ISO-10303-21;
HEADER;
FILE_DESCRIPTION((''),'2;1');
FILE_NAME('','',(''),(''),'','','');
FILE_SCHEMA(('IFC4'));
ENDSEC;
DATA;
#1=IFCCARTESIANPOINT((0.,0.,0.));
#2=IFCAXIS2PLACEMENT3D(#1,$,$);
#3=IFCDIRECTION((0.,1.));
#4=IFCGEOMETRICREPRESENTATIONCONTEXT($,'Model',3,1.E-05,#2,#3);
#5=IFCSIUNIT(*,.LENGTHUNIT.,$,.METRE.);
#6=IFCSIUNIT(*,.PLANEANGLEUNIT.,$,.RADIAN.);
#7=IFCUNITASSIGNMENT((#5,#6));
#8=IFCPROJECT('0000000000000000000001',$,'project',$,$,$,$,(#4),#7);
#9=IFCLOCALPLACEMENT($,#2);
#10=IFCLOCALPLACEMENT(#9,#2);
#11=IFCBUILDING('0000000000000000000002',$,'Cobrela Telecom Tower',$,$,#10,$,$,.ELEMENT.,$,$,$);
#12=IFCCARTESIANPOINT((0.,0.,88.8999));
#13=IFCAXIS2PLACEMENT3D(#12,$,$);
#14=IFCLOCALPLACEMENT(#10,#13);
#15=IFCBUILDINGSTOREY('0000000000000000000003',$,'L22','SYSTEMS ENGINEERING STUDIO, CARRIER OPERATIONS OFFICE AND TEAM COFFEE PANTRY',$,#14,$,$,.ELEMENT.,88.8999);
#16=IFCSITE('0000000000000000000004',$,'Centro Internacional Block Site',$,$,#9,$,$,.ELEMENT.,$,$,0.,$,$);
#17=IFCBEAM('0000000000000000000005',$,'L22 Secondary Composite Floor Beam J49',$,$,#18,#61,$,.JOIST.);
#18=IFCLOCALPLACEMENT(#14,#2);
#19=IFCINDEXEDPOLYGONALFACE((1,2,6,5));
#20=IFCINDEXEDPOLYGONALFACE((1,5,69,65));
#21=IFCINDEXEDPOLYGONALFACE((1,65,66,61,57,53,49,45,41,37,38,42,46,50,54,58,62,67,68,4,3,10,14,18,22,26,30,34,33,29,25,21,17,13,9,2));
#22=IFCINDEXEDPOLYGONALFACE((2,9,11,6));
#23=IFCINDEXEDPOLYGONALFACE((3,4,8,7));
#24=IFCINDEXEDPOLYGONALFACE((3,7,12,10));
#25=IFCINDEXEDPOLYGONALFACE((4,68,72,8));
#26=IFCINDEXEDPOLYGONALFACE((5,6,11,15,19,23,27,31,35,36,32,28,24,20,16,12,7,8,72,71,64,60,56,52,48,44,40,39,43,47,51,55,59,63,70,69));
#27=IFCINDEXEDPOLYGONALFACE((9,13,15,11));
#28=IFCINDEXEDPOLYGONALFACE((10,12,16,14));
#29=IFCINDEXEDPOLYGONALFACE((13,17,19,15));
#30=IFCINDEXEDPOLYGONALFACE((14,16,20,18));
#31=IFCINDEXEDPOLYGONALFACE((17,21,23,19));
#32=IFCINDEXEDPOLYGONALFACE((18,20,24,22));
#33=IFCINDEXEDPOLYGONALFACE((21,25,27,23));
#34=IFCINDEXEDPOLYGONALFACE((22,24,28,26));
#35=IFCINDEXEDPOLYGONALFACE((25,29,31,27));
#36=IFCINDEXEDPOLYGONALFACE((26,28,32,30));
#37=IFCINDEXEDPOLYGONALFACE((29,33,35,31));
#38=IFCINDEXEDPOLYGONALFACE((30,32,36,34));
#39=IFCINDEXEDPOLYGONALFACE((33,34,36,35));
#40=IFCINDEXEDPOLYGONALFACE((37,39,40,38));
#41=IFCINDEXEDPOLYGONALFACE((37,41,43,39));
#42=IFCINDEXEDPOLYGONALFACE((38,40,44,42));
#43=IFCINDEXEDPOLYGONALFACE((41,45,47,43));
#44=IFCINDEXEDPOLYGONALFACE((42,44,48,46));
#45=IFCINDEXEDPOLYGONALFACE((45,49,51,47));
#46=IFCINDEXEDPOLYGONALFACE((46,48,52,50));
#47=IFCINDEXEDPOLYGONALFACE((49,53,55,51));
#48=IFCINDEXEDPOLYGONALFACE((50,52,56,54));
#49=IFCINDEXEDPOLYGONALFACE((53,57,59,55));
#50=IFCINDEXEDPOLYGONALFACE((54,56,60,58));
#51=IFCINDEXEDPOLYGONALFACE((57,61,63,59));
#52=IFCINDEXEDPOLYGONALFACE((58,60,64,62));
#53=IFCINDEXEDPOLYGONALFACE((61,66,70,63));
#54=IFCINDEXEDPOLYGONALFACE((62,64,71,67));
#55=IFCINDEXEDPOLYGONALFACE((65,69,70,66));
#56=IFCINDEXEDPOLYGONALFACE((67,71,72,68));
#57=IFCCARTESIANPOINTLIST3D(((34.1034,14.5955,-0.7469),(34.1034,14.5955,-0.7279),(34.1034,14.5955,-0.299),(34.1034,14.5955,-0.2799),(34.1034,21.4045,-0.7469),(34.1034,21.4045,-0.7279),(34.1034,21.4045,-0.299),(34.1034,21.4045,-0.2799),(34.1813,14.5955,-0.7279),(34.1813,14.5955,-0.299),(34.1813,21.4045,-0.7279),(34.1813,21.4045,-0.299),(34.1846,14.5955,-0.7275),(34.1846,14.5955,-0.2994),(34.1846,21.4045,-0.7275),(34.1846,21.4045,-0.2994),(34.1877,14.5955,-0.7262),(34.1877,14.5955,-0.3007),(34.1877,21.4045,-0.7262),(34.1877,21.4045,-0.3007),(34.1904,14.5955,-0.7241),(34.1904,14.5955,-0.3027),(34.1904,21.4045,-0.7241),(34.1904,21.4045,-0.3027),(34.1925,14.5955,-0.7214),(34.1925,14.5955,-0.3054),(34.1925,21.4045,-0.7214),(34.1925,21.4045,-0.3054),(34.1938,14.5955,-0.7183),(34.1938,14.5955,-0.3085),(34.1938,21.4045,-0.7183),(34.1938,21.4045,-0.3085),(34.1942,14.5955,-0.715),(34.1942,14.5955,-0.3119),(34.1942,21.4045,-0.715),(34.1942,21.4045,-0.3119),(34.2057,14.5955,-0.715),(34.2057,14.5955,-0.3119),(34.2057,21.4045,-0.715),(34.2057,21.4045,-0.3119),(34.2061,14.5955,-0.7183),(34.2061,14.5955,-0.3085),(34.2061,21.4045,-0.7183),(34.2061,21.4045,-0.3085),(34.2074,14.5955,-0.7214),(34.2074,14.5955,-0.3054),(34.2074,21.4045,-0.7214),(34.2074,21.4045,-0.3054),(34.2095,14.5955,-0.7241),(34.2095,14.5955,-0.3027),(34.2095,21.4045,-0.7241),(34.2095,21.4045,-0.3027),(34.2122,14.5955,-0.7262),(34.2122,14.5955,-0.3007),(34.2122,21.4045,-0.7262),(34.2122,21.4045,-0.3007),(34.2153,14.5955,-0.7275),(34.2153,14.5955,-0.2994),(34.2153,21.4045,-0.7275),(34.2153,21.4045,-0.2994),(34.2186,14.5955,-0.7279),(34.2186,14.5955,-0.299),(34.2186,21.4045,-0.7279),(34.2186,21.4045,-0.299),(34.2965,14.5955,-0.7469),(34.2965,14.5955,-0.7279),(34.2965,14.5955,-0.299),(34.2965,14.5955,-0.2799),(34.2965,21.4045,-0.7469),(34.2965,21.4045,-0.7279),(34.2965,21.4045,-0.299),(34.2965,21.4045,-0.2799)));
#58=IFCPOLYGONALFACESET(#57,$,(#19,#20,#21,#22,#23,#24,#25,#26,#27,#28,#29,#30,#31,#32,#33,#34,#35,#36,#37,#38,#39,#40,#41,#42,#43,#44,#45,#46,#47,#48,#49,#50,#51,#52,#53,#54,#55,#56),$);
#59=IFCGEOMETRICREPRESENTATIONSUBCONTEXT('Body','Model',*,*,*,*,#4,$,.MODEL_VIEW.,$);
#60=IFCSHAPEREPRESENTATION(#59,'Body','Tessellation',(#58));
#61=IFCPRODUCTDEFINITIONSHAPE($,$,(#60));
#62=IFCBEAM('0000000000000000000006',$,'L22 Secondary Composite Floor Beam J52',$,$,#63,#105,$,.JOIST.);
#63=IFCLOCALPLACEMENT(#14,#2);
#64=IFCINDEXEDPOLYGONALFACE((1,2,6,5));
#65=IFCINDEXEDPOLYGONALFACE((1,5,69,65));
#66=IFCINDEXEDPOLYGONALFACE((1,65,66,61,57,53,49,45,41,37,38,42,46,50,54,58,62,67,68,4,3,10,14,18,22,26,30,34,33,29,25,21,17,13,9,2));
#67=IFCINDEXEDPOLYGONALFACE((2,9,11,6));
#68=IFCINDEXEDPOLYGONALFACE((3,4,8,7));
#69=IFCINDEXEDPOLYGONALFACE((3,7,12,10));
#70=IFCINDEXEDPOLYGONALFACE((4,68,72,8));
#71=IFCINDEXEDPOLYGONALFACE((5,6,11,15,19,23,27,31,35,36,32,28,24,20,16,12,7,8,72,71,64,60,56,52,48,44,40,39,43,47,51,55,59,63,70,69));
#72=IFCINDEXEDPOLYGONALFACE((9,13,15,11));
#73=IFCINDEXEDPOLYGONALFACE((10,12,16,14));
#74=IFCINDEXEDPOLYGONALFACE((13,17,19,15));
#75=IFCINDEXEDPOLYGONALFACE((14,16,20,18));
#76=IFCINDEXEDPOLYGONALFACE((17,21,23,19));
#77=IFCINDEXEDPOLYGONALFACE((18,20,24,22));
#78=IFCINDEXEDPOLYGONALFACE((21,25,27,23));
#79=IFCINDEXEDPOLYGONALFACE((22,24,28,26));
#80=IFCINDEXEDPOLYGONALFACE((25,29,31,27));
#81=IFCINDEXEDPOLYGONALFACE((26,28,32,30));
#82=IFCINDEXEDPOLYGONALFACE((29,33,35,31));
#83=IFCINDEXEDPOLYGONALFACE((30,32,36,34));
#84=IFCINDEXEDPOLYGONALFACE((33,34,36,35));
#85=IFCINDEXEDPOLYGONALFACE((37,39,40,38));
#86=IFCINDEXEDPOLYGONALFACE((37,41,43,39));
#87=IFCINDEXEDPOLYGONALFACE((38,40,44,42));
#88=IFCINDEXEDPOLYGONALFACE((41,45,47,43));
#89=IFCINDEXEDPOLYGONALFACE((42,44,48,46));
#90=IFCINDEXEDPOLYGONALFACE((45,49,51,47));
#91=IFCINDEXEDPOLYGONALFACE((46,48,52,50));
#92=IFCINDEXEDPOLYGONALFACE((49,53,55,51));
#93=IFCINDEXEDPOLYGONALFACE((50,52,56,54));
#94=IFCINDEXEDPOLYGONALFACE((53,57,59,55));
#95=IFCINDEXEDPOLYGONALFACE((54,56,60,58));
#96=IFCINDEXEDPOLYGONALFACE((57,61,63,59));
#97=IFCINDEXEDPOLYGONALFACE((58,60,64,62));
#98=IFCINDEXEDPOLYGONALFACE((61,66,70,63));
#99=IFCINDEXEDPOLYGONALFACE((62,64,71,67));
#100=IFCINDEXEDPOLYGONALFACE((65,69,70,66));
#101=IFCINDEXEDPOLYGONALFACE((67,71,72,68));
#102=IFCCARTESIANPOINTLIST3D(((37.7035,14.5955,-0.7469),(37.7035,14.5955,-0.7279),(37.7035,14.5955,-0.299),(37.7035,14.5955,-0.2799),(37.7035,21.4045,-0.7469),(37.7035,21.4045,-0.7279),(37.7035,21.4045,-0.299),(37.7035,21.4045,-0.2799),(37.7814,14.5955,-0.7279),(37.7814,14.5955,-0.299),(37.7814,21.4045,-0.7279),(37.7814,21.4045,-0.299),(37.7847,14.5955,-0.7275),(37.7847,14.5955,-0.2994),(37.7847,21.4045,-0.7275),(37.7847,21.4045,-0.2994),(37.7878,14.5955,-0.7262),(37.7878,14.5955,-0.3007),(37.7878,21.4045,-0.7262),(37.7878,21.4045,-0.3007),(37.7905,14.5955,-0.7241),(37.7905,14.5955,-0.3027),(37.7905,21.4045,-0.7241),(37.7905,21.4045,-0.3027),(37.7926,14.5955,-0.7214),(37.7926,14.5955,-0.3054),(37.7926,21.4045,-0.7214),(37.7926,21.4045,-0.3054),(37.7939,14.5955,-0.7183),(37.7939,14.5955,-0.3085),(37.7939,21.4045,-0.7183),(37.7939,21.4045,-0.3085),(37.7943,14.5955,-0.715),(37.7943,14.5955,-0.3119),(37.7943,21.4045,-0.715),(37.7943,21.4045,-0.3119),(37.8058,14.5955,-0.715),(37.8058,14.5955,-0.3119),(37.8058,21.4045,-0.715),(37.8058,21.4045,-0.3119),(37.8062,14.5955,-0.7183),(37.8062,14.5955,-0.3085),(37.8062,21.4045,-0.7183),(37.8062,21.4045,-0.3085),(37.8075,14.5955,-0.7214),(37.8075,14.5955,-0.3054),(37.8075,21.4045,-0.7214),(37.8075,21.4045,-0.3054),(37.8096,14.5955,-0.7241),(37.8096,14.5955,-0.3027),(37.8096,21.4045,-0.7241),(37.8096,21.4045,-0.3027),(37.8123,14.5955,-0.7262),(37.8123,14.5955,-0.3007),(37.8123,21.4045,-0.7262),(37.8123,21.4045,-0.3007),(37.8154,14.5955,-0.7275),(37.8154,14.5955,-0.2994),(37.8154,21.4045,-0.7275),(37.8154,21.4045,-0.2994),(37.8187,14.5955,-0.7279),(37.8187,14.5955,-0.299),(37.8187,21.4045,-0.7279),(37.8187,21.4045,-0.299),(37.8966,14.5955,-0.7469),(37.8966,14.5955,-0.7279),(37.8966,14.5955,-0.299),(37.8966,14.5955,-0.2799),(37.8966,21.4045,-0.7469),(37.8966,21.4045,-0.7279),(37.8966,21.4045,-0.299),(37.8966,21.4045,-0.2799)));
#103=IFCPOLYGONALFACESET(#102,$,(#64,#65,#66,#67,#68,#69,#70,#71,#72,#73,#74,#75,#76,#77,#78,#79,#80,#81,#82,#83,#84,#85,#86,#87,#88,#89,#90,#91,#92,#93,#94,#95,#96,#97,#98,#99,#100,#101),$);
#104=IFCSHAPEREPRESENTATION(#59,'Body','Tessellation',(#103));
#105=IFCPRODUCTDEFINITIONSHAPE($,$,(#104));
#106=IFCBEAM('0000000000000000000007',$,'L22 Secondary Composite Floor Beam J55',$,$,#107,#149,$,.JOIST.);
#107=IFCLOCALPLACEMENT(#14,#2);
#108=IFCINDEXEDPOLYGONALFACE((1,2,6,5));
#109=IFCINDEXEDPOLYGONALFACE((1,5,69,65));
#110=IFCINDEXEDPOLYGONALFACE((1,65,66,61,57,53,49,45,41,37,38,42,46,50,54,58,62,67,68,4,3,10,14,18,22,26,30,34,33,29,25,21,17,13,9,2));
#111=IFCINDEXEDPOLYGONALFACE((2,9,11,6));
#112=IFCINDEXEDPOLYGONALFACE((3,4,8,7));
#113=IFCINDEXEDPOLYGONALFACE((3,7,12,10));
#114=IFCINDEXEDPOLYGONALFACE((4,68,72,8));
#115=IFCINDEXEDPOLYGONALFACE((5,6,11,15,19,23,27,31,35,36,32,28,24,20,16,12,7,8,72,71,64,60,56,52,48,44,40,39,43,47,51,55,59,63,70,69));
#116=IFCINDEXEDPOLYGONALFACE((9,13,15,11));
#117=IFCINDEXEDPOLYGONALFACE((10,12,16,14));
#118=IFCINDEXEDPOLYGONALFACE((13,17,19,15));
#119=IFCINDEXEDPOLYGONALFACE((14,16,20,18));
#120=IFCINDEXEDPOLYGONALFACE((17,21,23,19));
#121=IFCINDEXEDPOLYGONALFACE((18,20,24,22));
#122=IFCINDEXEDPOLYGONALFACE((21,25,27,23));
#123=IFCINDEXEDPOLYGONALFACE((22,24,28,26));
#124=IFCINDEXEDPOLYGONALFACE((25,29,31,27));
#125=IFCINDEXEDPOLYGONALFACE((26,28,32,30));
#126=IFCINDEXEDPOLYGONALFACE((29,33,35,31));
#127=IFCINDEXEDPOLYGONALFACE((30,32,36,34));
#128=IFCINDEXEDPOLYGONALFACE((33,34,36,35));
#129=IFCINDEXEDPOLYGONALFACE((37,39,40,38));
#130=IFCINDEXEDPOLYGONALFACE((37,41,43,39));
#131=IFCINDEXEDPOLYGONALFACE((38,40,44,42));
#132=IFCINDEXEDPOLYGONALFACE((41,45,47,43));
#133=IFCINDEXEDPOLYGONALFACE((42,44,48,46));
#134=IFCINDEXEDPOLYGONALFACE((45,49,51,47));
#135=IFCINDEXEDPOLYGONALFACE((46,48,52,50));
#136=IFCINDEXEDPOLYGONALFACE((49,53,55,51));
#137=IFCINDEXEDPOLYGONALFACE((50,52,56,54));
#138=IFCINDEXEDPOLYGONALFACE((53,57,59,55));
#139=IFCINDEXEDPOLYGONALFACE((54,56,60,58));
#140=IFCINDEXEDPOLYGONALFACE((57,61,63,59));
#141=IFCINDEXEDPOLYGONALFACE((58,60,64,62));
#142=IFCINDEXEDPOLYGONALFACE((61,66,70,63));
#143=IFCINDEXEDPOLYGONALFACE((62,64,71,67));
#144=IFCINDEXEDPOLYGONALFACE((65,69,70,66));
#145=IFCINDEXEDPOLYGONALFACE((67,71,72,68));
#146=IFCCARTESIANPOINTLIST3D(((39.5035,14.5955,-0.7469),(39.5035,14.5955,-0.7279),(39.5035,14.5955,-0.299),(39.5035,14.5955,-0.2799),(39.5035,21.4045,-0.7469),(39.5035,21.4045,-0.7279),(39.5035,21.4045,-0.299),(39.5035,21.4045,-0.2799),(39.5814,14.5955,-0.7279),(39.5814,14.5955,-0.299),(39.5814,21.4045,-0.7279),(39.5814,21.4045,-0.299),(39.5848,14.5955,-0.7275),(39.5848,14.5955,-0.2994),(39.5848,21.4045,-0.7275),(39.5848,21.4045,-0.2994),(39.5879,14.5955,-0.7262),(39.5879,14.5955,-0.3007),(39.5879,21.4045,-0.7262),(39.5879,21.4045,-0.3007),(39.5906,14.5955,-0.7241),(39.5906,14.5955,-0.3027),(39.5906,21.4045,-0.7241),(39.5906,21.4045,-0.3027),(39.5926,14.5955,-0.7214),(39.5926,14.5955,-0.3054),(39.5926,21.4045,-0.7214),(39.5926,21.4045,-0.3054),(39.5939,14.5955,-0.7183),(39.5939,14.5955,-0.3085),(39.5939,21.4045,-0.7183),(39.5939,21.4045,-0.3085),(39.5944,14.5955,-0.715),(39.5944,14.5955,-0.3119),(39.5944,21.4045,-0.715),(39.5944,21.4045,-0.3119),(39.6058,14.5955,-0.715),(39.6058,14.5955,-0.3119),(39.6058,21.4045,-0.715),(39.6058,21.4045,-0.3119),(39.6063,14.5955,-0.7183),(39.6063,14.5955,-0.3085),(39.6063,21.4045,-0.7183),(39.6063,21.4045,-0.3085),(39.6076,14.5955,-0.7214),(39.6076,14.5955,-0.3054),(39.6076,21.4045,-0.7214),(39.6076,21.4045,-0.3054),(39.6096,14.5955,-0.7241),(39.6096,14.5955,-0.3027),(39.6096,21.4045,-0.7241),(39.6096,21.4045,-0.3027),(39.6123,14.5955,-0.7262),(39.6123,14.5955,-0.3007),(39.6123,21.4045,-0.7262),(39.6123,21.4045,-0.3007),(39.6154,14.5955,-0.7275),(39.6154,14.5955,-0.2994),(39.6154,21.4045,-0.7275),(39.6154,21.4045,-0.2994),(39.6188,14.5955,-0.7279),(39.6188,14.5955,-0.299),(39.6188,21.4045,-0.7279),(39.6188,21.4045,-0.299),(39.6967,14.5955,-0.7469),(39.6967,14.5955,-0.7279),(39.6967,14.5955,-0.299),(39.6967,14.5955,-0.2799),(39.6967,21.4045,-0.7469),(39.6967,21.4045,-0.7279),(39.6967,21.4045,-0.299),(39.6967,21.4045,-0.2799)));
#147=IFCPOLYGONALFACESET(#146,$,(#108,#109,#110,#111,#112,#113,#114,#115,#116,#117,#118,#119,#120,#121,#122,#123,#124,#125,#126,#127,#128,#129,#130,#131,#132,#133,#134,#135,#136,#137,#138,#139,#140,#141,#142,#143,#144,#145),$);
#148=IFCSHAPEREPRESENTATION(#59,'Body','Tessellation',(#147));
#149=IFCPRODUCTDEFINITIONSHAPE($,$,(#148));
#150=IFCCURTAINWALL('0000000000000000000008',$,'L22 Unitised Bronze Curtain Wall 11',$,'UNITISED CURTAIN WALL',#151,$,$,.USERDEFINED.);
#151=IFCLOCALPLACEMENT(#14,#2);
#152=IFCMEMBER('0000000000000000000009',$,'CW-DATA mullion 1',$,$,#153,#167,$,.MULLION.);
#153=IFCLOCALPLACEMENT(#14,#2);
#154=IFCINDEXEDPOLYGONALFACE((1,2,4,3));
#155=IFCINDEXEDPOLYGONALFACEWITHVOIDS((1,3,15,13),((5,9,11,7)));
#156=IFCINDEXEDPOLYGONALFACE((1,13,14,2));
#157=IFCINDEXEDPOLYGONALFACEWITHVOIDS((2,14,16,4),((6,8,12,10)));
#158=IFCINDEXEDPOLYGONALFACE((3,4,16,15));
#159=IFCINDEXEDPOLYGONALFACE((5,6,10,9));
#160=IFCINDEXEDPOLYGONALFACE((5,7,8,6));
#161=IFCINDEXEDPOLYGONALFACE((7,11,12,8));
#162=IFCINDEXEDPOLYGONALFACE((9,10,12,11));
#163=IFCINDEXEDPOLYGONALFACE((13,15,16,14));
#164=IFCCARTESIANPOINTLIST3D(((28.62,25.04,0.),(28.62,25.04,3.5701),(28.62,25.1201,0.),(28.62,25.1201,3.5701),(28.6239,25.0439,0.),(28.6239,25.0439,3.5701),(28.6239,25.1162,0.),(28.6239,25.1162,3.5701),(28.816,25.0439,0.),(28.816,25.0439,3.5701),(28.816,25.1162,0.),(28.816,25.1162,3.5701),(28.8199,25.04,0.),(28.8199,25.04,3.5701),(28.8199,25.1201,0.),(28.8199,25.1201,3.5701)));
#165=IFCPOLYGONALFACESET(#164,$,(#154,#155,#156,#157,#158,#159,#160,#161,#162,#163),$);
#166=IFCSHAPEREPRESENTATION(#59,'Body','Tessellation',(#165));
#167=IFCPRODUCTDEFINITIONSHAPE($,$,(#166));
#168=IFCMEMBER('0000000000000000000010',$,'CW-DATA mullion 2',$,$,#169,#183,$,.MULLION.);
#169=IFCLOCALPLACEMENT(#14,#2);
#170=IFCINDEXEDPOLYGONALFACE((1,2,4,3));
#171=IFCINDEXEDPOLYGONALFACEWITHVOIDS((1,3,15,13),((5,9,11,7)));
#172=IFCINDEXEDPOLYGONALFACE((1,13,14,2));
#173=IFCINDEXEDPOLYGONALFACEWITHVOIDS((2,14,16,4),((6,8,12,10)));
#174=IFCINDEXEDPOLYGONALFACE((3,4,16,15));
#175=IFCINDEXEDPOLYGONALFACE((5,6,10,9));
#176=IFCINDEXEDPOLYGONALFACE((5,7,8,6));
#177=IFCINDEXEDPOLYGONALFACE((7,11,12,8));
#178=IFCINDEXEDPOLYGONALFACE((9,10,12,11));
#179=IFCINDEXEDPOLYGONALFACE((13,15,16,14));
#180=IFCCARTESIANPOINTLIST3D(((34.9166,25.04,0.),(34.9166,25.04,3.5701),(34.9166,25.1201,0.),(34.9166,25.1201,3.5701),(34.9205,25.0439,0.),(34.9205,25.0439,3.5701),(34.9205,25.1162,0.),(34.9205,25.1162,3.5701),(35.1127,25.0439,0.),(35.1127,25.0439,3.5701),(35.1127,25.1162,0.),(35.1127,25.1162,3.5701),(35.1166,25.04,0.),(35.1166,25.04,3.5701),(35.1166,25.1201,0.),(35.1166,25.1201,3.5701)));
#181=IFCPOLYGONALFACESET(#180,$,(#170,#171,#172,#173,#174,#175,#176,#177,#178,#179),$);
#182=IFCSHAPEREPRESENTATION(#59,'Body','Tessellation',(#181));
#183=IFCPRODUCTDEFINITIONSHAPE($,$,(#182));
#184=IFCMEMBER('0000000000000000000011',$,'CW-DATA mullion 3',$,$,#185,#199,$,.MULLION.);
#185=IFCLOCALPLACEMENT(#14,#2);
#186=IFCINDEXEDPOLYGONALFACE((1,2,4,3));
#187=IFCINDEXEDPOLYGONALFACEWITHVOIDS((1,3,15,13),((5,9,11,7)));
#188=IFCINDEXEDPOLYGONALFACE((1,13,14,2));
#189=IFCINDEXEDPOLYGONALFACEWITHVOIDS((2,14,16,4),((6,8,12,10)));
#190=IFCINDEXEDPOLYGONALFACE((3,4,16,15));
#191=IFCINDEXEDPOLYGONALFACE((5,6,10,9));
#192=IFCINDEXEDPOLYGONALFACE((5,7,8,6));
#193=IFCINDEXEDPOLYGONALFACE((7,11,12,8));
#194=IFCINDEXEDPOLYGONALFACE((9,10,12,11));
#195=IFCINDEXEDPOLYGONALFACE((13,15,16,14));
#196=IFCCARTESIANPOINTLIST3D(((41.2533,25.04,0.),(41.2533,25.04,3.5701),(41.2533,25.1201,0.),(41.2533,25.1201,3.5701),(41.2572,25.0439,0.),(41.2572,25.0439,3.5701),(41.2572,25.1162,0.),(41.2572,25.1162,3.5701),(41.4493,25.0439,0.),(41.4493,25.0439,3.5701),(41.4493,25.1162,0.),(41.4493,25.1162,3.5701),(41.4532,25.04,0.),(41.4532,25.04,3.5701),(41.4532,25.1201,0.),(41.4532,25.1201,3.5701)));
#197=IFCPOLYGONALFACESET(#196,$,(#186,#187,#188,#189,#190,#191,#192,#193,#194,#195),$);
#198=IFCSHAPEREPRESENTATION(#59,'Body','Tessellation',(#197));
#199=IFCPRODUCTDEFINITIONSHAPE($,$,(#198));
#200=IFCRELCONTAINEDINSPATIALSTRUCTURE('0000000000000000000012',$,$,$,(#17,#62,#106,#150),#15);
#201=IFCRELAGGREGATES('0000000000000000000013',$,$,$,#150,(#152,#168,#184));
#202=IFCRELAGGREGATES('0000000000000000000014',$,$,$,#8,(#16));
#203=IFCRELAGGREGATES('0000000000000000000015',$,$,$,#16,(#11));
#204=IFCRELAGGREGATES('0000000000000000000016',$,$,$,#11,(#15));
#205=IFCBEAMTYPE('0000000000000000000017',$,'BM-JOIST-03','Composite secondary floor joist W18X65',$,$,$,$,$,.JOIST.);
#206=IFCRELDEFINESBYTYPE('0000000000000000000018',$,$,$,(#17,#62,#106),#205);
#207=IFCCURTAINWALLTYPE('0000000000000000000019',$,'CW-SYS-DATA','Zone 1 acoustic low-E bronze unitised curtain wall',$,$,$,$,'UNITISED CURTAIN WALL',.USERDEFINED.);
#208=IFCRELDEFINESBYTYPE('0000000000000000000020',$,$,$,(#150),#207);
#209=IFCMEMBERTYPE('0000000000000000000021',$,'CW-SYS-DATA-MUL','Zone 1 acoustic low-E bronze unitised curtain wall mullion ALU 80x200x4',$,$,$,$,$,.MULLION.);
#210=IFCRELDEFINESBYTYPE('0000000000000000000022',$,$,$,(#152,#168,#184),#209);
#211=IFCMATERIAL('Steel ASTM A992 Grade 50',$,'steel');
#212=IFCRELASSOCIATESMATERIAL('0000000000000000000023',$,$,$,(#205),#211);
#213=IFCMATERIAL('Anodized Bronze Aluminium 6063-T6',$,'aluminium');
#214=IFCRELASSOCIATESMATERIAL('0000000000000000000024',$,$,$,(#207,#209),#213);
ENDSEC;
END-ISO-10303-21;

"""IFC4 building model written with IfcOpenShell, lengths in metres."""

from ifc_helpers import new_model, si_unit, direction, frame, origin, origin_2d, place, context, subcontext, project, spatial, hollow_rectangle, i_section, extrude, material, material_profile, profile_set, type_object, element, aggregate, save


model = new_model("IFC4")

# Units and contexts
model_context = context("Model", 3, precision=1e-05, world=origin(), true_north=direction((0.0, 1.0)))
body_context = subcontext(model_context, "Body", "Model", "MODEL_VIEW")
ifc_project = project(units=[si_unit("LENGTHUNIT", "METRE"), si_unit("PLANEANGLEUNIT", "RADIAN")], contexts=[model_context])

# Site, building, storey
site_placement = place(None, origin())
site = spatial("IfcSite", under=ifc_project, at=site_placement, Name="Centro Internacional Block Site", CompositionType="ELEMENT", RefElevation=0.0)
building_placement = place(site_placement, origin())
building = spatial("IfcBuilding", under=site, at=building_placement, Name="Cobrela Telecom Tower", CompositionType="ELEMENT")
storey_placement = place(building_placement, frame((0.0, 0.0, 88.8999)))
storey = spatial("IfcBuildingStorey", under=building, at=storey_placement, Name="L22", Description="SYSTEMS ENGINEERING STUDIO, CARRIER OPERATIONS OFFICE AND TEAM COFFEE PANTRY", CompositionType="ELEMENT", Elevation=88.8999)

# Shared definitions
ifc_material_1 = material(Name="Steel ASTM A992 Grade 50", Category="steel")

# Beams
ifc_material_profile_1 = material_profile(ifc_material_1, i_section(OverallWidth=0.1931, OverallDepth=0.467, WebThickness=0.0115, FlangeThickness=0.019, FilletRadius=0.0129, at=origin_2d()), Name="W18X65")
ifc_profile_set_1 = profile_set([ifc_material_profile_1], Name="Steel ASTM A992 Grade 50")
beam_type_1 = type_object("IfcBeamType", Name="BM-JOIST-03", Description="Composite secondary floor joist W18X65", PredefinedType="JOIST", material=ifc_profile_set_1)
for number, where, z_axis, x_axis, name in (
    (1, (34.2, 14.5955, -0.5134), (0.0, 1.0, 0.0), (-1.0, 0.0, 0.0), "L22 Secondary Composite Floor Beam J49"),
    (2, (37.8, 14.5955, -0.5134), (0.0, 1.0, 0.0), (-1.0, 0.0, 0.0), "L22 Secondary Composite Floor Beam J52"),
    (3, (39.6001, 14.5955, -0.5134), (0.0, 1.0, 0.0), (-1.0, 0.0, 0.0), "L22 Secondary Composite Floor Beam J55"),
):
    element("IfcBeam", number, at=place(storey_placement, frame(where, z_axis=z_axis, x_axis=x_axis)), inside=storey, type_object=beam_type_1, Name=name, PredefinedType="JOIST", context=body_context, shape_type="SweptSolid", body=[
        extrude(i_section(OverallWidth=0.1931, OverallDepth=0.467, WebThickness=0.0115, FlangeThickness=0.019, FilletRadius=0.0129, at=origin_2d()), origin(), (0.0, 0.0, 1.0), 6.8091),
    ])

# Curtain wall, members
ifc_material_2 = material(Name="Anodized Bronze Aluminium 6063-T6", Category="aluminium")
curtain_wall_type = type_object("IfcCurtainWallType", Name="CW-SYS-DATA", Description="Zone 1 acoustic low-E bronze unitised curtain wall", ElementType="UNITISED CURTAIN WALL", PredefinedType="USERDEFINED", material=ifc_material_2)
curtain_wall_placement = place(storey_placement, origin())
curtain_wall = element("IfcCurtainWall", 4, at=curtain_wall_placement, inside=storey, type_object=curtain_wall_type, Name="L22 Unitised Bronze Curtain Wall 11", ObjectType="UNITISED CURTAIN WALL", PredefinedType="USERDEFINED")
ifc_material_profile_2 = material_profile(ifc_material_2, hollow_rectangle(XDim=0.0801, YDim=0.2, WallThickness=0.0039, at=origin_2d()), Name="ALU 80x200x4")
ifc_profile_set_2 = profile_set([ifc_material_profile_2], Name="Anodized Bronze Aluminium 6063-T6")
member_type_1 = type_object("IfcMemberType", Name="CW-SYS-DATA-MUL", Description="Zone 1 acoustic low-E bronze unitised curtain wall mullion ALU 80x200x4", PredefinedType="MULLION", material=ifc_profile_set_2)
member_1_placement = place(storey_placement, frame((28.72, 25.0801, 0.0), z_axis=(0.0, 0.0, 1.0), x_axis=(0.0, 1.0, 0.0)))
member_1 = element("IfcMember", 5, at=member_1_placement, type_object=member_type_1, Name="CW-DATA mullion 1", PredefinedType="MULLION", context=body_context, shape_type="SweptSolid", body=[
    extrude(hollow_rectangle(XDim=0.0801, YDim=0.2, WallThickness=0.0039, at=origin_2d()), origin(), (0.0, 0.0, 1.0), 3.5701),
])
member_2_placement = place(storey_placement, frame((35.0166, 25.0801, 0.0), z_axis=(0.0, 0.0, 1.0), x_axis=(0.0, 1.0, 0.0)))
member_2 = element("IfcMember", 6, at=member_2_placement, type_object=member_type_1, Name="CW-DATA mullion 2", PredefinedType="MULLION", context=body_context, shape_type="SweptSolid", body=[
    extrude(hollow_rectangle(XDim=0.0801, YDim=0.2, WallThickness=0.0039, at=origin_2d()), origin(), (0.0, 0.0, 1.0), 3.5701),
])
member_3_placement = place(storey_placement, frame((41.3533, 25.0801, 0.0), z_axis=(0.0, 0.0, 1.0), x_axis=(0.0, 1.0, 0.0)))
member_3 = element("IfcMember", 7, at=member_3_placement, type_object=member_type_1, Name="CW-DATA mullion 3", PredefinedType="MULLION", context=body_context, shape_type="SweptSolid", body=[
    extrude(hollow_rectangle(XDim=0.0801, YDim=0.2, WallThickness=0.0039, at=origin_2d()), origin(), (0.0, 0.0, 1.0), 3.5701),
])
aggregate(curtain_wall, [member_1, member_2, member_3])

save(model, "model.ifc")
